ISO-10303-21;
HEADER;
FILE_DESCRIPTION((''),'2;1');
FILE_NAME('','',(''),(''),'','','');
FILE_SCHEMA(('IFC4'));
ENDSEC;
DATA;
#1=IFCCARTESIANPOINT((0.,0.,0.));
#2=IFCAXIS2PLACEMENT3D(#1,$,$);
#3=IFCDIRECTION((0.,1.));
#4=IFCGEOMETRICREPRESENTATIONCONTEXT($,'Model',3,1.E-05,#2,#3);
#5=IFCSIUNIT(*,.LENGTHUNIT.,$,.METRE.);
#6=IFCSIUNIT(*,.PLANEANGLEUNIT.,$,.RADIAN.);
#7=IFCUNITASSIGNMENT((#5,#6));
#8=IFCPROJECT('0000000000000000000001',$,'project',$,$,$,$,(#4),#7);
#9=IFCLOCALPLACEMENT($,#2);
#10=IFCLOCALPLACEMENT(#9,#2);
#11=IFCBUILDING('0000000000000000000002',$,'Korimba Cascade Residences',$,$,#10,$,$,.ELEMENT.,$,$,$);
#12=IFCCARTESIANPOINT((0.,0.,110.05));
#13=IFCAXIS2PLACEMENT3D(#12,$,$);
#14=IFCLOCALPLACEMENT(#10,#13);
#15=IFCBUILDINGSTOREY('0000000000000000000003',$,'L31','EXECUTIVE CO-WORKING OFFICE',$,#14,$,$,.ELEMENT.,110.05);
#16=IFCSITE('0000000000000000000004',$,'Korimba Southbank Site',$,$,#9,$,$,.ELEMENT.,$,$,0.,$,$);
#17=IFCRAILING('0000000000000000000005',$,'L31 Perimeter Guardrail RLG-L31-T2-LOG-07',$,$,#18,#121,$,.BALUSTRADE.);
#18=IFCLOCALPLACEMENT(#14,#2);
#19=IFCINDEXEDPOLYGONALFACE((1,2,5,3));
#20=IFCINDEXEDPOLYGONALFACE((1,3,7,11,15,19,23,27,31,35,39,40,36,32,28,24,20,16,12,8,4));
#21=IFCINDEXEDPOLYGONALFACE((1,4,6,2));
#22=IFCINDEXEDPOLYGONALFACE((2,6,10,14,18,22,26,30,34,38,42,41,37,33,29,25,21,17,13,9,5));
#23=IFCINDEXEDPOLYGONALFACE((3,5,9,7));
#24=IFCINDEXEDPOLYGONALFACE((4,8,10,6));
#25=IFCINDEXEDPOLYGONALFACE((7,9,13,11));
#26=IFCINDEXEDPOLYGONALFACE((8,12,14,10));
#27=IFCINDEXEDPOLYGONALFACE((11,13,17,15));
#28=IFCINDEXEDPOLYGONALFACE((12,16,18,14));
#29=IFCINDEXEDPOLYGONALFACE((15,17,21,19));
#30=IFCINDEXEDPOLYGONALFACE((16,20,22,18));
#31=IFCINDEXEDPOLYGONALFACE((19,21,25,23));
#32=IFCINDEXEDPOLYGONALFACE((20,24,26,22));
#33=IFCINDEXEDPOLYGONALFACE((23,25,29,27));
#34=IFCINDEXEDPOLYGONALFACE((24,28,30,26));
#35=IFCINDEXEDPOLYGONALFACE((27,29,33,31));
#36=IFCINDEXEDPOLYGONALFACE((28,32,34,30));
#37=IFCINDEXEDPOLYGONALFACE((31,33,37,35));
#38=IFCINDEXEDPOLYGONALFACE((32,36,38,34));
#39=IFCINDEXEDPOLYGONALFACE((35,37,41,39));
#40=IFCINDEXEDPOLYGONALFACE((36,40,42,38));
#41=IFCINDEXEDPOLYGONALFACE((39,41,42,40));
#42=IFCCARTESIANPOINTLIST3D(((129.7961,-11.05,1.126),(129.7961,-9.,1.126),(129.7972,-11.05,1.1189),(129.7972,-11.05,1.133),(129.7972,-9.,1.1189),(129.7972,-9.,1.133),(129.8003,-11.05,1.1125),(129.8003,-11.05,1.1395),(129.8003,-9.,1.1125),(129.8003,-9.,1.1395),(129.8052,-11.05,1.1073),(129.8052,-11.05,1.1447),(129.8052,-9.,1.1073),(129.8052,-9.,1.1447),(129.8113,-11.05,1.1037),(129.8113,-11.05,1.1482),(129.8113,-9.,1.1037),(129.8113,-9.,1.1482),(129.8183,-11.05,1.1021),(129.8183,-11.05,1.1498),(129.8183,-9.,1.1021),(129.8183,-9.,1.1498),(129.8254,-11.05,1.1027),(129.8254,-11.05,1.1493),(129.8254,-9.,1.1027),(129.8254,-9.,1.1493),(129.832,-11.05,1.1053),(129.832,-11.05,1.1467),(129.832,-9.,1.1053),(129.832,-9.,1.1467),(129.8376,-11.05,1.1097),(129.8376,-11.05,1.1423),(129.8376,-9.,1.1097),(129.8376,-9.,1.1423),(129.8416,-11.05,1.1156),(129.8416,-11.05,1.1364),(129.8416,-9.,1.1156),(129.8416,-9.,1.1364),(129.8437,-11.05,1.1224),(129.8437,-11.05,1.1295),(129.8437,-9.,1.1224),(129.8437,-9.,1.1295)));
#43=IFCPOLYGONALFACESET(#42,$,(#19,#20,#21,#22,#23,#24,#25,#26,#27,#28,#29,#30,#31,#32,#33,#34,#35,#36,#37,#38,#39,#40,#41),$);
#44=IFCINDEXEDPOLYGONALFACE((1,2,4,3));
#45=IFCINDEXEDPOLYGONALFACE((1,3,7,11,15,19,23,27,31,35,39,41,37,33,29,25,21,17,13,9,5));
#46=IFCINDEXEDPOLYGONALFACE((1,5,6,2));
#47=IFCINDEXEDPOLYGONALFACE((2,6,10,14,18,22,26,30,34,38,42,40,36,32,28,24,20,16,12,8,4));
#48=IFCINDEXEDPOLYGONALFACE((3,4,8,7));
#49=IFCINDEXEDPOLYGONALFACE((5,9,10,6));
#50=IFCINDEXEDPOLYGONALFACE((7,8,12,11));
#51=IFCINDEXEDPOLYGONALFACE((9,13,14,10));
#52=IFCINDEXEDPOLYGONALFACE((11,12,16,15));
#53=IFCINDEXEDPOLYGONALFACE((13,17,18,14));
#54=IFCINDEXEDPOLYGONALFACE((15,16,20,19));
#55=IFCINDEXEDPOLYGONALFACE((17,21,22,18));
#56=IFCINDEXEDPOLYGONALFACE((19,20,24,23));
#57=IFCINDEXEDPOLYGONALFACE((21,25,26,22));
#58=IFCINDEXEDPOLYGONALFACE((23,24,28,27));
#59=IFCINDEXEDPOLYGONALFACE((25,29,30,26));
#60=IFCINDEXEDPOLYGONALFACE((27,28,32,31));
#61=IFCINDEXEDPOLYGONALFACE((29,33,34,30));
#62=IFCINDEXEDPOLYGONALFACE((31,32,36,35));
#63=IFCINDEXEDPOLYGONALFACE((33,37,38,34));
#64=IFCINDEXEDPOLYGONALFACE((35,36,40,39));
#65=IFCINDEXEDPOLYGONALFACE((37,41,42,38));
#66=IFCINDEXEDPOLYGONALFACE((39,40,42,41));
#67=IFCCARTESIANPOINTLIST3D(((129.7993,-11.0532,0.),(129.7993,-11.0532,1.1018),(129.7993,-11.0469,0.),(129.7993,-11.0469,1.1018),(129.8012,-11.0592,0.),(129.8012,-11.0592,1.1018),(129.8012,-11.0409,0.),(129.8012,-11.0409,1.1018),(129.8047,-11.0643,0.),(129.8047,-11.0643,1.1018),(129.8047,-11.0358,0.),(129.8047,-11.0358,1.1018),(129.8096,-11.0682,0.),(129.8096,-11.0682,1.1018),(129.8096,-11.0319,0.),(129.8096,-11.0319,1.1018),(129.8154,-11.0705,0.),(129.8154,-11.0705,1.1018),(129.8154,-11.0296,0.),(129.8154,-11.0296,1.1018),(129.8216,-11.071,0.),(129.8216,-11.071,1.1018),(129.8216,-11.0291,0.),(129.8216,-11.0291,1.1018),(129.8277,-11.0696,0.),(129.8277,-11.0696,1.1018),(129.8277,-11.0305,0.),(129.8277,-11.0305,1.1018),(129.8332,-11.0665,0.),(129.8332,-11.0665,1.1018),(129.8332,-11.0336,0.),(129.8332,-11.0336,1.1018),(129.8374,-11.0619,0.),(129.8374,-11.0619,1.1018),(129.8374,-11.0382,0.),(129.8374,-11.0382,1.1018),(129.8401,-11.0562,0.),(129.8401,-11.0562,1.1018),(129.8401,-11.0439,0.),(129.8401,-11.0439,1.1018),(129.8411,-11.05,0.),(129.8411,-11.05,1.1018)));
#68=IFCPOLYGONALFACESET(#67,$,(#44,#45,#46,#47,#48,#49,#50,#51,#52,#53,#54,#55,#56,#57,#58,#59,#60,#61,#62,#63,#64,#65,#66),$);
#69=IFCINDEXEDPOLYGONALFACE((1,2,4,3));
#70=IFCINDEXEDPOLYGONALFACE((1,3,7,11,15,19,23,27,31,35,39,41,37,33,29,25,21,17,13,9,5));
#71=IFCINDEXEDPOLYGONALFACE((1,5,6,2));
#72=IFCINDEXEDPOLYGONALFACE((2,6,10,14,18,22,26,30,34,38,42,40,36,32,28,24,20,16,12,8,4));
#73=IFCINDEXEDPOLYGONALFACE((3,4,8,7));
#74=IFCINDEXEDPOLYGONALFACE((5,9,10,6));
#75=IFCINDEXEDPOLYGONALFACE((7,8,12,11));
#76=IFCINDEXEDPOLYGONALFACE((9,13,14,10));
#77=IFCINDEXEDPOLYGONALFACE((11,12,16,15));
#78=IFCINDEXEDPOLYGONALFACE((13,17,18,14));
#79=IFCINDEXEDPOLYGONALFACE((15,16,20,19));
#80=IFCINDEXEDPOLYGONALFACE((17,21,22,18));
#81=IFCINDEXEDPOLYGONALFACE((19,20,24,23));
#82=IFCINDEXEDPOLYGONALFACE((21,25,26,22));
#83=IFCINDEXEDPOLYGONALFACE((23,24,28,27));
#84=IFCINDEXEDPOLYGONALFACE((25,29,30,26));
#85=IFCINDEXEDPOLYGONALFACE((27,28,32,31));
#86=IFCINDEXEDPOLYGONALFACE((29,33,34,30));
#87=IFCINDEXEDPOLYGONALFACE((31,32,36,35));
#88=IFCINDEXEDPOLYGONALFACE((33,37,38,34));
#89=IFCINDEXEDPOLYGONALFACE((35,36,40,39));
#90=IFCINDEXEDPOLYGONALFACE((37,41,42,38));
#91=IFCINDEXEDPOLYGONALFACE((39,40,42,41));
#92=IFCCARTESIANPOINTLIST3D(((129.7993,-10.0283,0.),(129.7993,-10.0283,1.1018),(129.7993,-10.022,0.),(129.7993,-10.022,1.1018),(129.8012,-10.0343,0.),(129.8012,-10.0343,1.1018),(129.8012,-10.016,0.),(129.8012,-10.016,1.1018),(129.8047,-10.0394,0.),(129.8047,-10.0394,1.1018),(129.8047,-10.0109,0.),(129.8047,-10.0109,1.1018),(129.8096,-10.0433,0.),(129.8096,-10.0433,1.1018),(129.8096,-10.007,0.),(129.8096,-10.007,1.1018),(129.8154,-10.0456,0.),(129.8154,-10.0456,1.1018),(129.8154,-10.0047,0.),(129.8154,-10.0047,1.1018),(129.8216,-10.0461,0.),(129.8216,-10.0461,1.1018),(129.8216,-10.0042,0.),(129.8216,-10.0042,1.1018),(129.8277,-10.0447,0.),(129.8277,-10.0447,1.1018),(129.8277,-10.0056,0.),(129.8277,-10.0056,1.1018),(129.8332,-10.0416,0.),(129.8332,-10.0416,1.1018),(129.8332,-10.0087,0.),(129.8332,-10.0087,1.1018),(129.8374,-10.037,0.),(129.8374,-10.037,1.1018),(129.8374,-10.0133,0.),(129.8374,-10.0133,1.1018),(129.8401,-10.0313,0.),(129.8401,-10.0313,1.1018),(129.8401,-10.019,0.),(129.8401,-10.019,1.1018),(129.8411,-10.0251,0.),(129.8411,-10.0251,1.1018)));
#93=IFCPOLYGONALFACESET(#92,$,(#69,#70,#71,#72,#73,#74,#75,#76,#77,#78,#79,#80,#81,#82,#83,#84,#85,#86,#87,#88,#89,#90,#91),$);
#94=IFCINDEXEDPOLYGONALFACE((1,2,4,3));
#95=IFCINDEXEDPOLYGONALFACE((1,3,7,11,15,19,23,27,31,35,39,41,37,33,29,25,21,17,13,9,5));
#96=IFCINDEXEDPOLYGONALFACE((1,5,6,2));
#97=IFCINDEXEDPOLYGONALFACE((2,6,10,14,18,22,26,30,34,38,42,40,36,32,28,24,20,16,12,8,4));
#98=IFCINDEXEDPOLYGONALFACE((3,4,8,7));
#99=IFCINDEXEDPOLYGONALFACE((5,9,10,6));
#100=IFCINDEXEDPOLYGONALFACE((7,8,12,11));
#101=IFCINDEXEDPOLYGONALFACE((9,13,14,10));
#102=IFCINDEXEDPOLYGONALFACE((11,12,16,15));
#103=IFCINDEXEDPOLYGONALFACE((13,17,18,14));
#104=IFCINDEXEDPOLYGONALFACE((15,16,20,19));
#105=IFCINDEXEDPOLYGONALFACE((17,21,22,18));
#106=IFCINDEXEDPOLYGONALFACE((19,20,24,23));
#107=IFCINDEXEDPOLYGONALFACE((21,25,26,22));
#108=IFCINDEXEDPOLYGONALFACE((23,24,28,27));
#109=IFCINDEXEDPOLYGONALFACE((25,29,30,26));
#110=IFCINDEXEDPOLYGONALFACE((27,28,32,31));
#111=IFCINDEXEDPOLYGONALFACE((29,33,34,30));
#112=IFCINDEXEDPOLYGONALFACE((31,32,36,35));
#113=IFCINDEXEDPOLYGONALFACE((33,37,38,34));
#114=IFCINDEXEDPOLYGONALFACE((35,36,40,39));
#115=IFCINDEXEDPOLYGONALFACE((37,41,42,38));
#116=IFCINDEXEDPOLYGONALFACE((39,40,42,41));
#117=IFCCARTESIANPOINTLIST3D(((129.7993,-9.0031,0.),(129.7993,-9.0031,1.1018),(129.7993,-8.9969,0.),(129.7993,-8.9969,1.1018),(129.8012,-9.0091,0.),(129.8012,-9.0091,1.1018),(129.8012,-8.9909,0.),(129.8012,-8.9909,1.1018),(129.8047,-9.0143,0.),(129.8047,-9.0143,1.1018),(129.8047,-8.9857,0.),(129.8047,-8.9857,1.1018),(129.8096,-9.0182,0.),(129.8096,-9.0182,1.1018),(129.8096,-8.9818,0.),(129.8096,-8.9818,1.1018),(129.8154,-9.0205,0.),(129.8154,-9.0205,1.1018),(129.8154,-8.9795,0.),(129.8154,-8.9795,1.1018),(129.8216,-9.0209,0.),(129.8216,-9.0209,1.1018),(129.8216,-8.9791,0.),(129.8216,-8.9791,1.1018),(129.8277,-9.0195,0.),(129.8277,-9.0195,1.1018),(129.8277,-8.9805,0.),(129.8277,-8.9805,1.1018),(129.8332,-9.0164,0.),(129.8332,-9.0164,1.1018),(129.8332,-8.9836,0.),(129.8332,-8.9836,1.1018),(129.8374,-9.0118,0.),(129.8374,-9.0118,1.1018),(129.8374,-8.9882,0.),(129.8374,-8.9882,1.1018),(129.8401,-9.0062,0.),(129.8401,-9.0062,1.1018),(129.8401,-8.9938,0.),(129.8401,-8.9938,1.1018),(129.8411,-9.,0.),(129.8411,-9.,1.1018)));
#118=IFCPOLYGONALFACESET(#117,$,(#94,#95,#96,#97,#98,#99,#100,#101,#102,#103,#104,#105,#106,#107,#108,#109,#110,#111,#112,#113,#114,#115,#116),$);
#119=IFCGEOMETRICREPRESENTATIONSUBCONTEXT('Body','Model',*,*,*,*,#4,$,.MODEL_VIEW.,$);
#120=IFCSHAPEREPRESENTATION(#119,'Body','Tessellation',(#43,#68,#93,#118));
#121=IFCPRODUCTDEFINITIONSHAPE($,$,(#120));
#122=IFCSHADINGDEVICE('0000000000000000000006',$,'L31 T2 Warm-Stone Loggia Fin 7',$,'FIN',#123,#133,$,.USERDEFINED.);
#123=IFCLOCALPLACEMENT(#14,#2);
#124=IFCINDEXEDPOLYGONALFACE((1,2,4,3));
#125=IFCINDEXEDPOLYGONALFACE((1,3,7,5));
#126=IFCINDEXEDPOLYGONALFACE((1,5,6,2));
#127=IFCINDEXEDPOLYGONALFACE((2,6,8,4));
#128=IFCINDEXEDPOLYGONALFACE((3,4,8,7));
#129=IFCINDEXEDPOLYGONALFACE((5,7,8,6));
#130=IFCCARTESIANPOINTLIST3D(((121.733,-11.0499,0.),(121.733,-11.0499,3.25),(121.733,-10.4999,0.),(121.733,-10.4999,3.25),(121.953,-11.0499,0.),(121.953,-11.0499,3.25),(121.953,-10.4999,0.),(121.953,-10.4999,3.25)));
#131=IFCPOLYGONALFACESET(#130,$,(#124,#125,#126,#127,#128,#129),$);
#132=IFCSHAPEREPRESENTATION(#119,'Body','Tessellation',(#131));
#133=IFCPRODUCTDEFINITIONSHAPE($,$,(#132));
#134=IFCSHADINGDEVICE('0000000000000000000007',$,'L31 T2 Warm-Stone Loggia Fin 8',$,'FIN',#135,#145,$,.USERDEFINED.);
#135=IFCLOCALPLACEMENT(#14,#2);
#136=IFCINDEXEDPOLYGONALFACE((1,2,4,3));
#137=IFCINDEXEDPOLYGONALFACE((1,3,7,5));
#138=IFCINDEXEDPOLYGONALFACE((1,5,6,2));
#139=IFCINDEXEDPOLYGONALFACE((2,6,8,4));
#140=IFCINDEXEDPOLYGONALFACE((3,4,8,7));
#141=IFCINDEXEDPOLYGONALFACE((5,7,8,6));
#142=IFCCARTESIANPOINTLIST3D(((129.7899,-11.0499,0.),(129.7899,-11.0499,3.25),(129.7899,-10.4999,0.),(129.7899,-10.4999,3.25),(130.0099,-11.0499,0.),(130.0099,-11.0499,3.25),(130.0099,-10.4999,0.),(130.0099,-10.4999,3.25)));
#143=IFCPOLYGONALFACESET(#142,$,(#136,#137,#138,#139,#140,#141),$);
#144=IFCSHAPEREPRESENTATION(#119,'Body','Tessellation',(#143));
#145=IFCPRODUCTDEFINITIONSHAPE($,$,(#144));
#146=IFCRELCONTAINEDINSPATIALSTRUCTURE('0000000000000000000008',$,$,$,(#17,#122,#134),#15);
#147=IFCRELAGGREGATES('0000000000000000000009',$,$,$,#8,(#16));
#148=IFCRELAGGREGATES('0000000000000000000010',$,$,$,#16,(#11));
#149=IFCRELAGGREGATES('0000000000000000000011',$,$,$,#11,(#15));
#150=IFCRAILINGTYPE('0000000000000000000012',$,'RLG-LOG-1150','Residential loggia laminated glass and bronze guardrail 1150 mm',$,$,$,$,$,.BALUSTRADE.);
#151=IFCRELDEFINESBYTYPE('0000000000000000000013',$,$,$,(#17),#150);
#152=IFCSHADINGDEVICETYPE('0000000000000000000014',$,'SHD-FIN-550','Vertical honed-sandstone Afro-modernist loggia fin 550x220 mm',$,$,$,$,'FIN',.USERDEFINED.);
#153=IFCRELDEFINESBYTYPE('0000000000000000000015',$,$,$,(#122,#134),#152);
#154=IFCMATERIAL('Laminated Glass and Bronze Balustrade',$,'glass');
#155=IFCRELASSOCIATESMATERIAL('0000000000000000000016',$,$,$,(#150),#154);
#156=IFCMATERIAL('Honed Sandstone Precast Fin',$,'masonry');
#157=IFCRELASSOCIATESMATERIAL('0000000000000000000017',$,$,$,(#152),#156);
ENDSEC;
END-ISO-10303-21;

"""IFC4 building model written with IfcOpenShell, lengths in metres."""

from ifc_helpers import new_model, si_unit, direction, frame, origin, origin_2d, place, context, subcontext, project, spatial, rectangle, circle, extrude, material, type_object, element, save


model = new_model("IFC4")

# Units and contexts
model_context = context("Model", 3, precision=1e-05, world=origin(), true_north=direction((0.0, 1.0)))
body_context = subcontext(model_context, "Body", "Model", "MODEL_VIEW")
ifc_project = project(units=[si_unit("LENGTHUNIT", "METRE"), si_unit("PLANEANGLEUNIT", "RADIAN")], contexts=[model_context])

# Site, building, storey
site_placement = place(None, origin())
site = spatial("IfcSite", under=ifc_project, at=site_placement, Name="Korimba Southbank Site", CompositionType="ELEMENT", RefElevation=0.0)
building_placement = place(site_placement, origin())
building = spatial("IfcBuilding", under=site, at=building_placement, Name="Korimba Cascade Residences", CompositionType="ELEMENT")
storey_placement = place(building_placement, frame((0.0, 0.0, 110.05)))
storey = spatial("IfcBuildingStorey", under=building, at=storey_placement, Name="L31", Description="EXECUTIVE CO-WORKING OFFICE", CompositionType="ELEMENT", Elevation=110.05)

# Railing
ifc_material_1 = material(Name="Laminated Glass and Bronze Balustrade", Category="glass")
railing_type = type_object("IfcRailingType", Name="RLG-LOG-1150", Description="Residential loggia laminated glass and bronze guardrail 1150 mm", PredefinedType="BALUSTRADE", material=ifc_material_1)
railing_1_placement = place(storey_placement, frame((129.8201, -11.05, 0.0)))
element("IfcRailing", 1, at=railing_1_placement, inside=storey, type_object=railing_type, Name="L31 Perimeter Guardrail RLG-L31-T2-LOG-07", PredefinedType="BALUSTRADE", context=body_context, shape_type="SweptSolid", body=[
    extrude(circle(Radius=0.0239, at=origin_2d()), frame((0.0, 0.0, 1.126), z_axis=(0.0, 1.0, 0.0), x_axis=(-1.0, 0.0, 0.0)), (0.0, 0.0, 1.0), 2.05),
    extrude(circle(Radius=0.021, at=origin_2d()), origin(), (0.0, 0.0, 1.0), 1.1018),
    extrude(circle(Radius=0.021, at=origin_2d()), frame((0.0, 1.0249, 0.0)), (0.0, 0.0, 1.0), 1.1018),
    extrude(circle(Radius=0.021, at=origin_2d()), frame((0.0, 2.05, 0.0)), (0.0, 0.0, 1.0), 1.1018),
])

# Shading devices
ifc_material_2 = material(Name="Honed Sandstone Precast Fin", Category="masonry")
shading_device_type = type_object("IfcShadingDeviceType", Name="SHD-FIN-550", Description="Vertical honed-sandstone Afro-modernist loggia fin 550x220 mm", ElementType="FIN", PredefinedType="USERDEFINED", material=ifc_material_2)
for number, where, z_axis, x_axis, name in (
    (2, (121.843, -10.7749, 0.0), (0.0, 0.0, 1.0), (1.0, 0.0, 0.0), "L31 T2 Warm-Stone Loggia Fin 7"),
    (3, (129.8999, -10.7749, 0.0), (0.0, 0.0, 1.0), (1.0, 0.0, 0.0), "L31 T2 Warm-Stone Loggia Fin 8"),
):
    element("IfcShadingDevice", number, at=place(storey_placement, frame(where, z_axis=z_axis, x_axis=x_axis)), inside=storey, type_object=shading_device_type, Name=name, ObjectType="FIN", PredefinedType="USERDEFINED", context=body_context, shape_type="SweptSolid", body=[
        extrude(rectangle(XDim=0.22, YDim=0.55, at=origin_2d()), origin(), (0.0, 0.0, 1.0), 3.25),
    ])

save(model, "model.ifc")
